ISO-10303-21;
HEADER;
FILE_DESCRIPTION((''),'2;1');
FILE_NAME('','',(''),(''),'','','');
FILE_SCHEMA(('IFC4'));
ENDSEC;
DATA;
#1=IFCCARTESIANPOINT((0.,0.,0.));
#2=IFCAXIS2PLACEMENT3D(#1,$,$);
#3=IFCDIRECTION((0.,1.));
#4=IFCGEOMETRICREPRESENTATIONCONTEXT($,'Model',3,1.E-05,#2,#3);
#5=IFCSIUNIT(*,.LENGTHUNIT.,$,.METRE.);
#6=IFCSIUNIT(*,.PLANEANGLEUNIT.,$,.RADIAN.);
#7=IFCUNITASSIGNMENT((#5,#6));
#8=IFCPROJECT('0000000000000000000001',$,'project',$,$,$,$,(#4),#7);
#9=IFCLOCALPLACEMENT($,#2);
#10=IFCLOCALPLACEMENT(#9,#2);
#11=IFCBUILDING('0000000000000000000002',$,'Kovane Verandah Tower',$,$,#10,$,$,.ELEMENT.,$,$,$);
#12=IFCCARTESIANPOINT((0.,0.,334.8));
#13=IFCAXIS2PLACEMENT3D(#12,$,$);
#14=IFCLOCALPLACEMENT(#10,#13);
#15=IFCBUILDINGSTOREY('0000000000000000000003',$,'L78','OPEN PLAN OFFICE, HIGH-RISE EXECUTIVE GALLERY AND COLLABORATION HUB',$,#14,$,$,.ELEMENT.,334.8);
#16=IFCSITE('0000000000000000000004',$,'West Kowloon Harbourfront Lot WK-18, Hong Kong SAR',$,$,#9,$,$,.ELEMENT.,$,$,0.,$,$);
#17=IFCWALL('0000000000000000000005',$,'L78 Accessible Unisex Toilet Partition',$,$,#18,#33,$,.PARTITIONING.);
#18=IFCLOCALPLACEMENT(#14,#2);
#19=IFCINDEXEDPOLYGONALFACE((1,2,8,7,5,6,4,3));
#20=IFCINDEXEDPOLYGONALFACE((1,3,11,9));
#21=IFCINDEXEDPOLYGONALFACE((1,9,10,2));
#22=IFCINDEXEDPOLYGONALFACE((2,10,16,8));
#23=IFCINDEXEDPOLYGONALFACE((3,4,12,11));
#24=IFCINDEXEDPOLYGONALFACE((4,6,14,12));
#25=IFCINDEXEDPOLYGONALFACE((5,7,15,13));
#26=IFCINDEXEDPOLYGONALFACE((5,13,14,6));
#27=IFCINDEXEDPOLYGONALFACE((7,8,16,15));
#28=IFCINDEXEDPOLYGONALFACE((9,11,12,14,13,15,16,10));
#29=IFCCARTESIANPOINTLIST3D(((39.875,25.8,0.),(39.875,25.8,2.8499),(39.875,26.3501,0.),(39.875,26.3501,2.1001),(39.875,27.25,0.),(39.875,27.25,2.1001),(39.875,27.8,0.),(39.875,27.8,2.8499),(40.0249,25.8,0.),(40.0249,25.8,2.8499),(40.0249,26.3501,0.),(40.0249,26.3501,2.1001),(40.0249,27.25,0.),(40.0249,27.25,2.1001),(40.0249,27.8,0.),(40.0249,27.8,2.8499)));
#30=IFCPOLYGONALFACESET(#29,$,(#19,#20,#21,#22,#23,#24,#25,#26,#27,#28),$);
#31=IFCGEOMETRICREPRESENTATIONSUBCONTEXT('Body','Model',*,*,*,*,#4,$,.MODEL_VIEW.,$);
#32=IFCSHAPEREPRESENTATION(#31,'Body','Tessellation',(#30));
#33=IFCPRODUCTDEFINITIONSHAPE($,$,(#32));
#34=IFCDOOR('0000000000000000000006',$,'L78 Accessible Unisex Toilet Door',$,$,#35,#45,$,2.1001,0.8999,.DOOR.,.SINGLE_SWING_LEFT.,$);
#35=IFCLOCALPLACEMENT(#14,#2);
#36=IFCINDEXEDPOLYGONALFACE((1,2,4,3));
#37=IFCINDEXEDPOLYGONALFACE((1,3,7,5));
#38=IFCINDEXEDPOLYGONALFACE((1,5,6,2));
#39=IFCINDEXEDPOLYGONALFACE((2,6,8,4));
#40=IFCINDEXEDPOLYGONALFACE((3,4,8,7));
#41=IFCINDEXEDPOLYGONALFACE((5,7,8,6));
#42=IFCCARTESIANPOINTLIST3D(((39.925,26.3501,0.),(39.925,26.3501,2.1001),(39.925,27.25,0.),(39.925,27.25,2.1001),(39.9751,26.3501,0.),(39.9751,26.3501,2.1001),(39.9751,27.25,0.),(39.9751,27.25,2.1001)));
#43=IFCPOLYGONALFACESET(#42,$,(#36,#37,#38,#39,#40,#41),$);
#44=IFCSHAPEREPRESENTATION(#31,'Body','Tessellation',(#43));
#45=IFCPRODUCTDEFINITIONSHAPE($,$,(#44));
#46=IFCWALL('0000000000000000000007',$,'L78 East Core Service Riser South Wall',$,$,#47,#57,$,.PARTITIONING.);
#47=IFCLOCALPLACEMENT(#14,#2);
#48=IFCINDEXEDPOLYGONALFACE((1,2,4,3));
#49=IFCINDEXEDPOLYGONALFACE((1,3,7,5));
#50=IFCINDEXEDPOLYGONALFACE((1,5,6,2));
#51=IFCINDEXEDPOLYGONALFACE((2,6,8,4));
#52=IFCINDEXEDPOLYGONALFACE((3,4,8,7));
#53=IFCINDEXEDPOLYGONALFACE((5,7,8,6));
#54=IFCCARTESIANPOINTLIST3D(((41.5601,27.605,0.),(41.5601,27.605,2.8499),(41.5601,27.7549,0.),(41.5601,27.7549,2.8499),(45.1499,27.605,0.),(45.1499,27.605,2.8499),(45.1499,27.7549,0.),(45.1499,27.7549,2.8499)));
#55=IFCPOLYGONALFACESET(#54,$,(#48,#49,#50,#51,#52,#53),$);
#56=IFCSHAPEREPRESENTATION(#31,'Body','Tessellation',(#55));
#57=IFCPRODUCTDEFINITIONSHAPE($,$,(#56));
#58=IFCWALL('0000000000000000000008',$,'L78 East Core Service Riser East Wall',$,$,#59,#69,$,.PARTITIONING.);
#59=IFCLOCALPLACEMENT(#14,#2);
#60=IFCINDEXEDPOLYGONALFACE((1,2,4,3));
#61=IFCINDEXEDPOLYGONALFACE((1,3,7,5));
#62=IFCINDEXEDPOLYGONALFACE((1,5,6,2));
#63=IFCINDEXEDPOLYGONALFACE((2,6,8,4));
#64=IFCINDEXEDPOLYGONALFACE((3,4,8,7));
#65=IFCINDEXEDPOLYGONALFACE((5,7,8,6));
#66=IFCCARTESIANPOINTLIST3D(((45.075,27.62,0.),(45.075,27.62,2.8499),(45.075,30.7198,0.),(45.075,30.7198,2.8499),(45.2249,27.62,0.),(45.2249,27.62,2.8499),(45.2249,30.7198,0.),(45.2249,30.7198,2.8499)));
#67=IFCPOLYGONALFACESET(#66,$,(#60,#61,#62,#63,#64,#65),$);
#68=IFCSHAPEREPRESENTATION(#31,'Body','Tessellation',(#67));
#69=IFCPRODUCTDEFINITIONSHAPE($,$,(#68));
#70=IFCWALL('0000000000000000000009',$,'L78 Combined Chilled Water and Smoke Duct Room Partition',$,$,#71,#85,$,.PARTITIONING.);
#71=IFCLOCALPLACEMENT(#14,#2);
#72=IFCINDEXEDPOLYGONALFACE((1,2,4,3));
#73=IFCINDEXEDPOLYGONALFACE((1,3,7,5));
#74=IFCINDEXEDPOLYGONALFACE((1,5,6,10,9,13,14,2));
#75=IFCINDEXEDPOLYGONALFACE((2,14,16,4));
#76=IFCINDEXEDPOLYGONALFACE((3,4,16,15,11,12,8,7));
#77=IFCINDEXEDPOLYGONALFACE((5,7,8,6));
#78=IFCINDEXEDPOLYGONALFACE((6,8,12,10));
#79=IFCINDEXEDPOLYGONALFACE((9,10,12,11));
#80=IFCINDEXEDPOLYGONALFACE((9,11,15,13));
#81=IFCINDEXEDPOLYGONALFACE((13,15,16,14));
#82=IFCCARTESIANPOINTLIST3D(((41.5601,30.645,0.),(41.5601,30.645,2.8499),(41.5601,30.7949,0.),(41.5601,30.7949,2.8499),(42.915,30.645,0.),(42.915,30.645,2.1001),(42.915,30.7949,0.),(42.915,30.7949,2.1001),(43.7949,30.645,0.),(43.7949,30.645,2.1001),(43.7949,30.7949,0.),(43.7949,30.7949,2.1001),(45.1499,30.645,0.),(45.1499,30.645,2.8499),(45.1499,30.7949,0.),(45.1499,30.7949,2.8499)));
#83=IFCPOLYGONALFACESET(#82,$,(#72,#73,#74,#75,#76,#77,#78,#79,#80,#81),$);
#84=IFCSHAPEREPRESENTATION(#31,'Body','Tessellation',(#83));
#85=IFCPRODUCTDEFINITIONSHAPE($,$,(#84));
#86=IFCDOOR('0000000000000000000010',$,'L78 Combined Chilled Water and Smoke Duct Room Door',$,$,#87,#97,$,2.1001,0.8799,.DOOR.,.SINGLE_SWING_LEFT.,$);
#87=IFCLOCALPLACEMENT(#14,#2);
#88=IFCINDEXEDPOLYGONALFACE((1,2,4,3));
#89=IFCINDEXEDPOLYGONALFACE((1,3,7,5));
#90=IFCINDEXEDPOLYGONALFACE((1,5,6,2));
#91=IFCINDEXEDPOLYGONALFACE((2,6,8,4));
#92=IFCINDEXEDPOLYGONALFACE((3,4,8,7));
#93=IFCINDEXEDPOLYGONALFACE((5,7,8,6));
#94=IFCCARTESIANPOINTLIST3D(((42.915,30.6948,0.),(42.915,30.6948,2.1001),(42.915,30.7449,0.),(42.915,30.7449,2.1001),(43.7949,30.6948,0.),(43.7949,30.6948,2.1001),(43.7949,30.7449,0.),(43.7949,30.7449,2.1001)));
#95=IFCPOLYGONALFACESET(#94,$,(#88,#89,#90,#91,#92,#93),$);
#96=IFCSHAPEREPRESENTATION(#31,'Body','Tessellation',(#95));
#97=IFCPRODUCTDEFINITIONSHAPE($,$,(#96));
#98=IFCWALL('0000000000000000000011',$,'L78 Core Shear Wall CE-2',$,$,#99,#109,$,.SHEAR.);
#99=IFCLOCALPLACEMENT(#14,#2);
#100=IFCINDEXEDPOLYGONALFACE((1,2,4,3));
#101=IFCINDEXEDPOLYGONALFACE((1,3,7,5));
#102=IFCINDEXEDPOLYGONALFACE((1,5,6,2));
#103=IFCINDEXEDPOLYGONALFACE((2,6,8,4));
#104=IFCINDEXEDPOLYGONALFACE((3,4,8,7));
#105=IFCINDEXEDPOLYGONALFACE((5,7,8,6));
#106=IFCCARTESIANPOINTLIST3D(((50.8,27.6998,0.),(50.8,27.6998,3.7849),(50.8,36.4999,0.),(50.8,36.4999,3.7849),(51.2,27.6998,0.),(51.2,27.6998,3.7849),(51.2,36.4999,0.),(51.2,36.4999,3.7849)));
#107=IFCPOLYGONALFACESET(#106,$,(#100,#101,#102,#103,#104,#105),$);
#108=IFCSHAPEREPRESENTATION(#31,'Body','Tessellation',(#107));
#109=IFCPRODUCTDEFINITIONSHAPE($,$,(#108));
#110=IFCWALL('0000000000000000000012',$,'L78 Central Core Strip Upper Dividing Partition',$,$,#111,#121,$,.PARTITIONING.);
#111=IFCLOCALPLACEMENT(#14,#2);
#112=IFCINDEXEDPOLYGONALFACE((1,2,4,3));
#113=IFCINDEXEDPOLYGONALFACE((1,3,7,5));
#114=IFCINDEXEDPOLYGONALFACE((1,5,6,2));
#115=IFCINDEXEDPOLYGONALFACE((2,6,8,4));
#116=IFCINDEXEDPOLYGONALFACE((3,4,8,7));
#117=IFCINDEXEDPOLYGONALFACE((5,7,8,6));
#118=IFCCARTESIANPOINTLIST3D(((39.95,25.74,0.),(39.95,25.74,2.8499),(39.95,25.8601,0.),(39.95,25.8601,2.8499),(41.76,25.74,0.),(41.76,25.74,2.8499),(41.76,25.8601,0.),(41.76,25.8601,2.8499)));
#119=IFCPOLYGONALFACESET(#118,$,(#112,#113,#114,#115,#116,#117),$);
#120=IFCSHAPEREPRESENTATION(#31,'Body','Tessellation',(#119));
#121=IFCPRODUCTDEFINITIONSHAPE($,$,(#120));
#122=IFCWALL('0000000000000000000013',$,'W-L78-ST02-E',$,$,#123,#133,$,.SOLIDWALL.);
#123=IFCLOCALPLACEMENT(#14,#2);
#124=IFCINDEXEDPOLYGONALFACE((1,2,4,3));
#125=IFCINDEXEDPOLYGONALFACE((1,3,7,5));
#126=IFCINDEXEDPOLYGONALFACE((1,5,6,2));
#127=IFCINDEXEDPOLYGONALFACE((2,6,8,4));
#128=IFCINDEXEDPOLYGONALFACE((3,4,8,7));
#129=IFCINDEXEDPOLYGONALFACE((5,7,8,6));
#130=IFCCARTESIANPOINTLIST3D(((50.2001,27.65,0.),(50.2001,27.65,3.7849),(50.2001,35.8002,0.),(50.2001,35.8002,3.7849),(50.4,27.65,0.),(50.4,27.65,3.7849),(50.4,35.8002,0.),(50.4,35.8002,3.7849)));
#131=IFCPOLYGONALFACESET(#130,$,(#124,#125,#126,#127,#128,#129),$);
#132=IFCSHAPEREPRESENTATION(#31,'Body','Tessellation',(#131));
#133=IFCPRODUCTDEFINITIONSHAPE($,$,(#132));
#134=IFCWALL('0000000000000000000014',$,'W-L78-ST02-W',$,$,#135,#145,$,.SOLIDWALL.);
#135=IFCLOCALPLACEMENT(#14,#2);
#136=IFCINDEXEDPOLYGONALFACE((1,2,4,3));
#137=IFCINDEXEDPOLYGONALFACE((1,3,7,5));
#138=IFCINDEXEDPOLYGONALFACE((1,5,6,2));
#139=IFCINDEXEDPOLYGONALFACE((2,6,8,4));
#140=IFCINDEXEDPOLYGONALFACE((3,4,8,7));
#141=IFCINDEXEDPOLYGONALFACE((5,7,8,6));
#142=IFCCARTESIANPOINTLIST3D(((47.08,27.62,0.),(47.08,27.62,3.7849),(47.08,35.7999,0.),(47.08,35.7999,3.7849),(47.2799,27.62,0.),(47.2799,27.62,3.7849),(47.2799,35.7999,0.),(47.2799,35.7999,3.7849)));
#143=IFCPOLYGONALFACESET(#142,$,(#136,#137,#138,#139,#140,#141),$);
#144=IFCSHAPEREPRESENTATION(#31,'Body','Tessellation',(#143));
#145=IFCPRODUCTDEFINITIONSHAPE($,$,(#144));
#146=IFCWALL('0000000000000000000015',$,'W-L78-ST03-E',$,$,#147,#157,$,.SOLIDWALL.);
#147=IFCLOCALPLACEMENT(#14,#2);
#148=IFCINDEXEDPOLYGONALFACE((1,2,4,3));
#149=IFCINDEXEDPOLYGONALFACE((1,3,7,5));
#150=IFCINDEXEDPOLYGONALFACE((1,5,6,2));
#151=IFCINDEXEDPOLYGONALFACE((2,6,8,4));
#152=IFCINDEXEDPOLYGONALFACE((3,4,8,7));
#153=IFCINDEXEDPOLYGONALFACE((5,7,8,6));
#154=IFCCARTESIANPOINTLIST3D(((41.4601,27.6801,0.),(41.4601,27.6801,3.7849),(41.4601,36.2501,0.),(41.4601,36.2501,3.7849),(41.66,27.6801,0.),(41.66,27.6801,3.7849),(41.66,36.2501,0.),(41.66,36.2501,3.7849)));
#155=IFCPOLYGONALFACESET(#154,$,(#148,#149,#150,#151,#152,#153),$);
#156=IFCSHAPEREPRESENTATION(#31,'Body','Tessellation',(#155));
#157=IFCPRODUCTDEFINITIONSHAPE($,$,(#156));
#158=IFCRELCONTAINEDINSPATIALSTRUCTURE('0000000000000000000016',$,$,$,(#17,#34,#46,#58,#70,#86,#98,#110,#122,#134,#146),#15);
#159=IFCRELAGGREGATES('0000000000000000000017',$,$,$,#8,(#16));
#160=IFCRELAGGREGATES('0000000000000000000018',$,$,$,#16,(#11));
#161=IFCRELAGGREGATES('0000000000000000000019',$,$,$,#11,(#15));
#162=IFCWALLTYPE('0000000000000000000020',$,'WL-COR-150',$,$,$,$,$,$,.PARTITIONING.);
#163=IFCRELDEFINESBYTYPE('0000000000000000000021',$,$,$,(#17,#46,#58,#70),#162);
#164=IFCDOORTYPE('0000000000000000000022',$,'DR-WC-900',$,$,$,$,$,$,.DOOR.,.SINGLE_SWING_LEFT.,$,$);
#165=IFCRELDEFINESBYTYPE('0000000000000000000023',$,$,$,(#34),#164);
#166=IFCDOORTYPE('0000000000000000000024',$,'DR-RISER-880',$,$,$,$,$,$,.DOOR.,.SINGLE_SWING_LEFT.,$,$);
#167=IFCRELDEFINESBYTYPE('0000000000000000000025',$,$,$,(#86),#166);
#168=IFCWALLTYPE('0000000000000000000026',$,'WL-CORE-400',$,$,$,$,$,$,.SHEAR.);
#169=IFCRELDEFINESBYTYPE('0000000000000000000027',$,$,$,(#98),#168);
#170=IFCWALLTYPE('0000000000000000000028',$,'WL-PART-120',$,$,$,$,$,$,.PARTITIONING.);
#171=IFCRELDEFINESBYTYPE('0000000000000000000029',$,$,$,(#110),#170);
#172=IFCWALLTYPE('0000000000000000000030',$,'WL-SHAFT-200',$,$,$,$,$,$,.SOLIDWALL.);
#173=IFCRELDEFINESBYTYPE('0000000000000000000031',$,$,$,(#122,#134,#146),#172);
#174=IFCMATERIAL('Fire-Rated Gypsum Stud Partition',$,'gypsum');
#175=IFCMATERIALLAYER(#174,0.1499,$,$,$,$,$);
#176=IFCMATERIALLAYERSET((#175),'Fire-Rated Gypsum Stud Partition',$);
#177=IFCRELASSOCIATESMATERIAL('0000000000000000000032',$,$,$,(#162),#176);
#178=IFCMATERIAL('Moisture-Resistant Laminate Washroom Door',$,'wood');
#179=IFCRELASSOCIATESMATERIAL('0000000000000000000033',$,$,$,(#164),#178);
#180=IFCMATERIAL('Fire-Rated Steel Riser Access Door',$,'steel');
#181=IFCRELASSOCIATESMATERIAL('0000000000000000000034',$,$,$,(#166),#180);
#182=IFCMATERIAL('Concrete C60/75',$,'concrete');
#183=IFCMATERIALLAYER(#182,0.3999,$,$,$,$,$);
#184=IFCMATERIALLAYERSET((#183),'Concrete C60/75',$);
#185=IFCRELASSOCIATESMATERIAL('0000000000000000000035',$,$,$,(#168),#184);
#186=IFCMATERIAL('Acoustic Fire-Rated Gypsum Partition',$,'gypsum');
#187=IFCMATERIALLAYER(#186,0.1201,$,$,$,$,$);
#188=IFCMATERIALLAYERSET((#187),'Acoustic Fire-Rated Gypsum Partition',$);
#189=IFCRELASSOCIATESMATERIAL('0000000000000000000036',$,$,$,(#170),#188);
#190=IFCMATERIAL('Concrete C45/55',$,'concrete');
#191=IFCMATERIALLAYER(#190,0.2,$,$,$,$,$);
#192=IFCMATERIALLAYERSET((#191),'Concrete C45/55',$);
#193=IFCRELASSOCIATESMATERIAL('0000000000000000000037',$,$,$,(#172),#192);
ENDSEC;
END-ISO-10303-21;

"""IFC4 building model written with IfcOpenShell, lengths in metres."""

from ifc_helpers import new_model, si_unit, direction, frame, frame_2d, origin, place, context, subcontext, project, spatial, rectangle, extrude, material, layer, layer_set, type_object, element, fill, save


model = new_model("IFC4")

# Units and contexts
model_context = context("Model", 3, precision=1e-05, world=origin(), true_north=direction((0.0, 1.0)))
body_context = subcontext(model_context, "Body", "Model", "MODEL_VIEW")
ifc_project = project(units=[si_unit("LENGTHUNIT", "METRE"), si_unit("PLANEANGLEUNIT", "RADIAN")], contexts=[model_context])

# Site, building, storey
site_placement = place(None, origin())
site = spatial("IfcSite", under=ifc_project, at=site_placement, Name="West Kowloon Harbourfront Lot WK-18, Hong Kong SAR", CompositionType="ELEMENT", RefElevation=0.0)
building_placement = place(site_placement, origin())
building = spatial("IfcBuilding", under=site, at=building_placement, Name="Kovane Verandah Tower", CompositionType="ELEMENT")
storey_placement = place(building_placement, frame((0.0, 0.0, 334.8)))
storey = spatial("IfcBuildingStorey", under=building, at=storey_placement, Name="L78", Description="OPEN PLAN OFFICE, HIGH-RISE EXECUTIVE GALLERY AND COLLABORATION HUB", CompositionType="ELEMENT", Elevation=334.8)

# Wall, opening, door
ifc_material_1 = material(Name="Fire-Rated Gypsum Stud Partition", Category="gypsum")
ifc_layer_1 = layer(ifc_material_1, 0.1499)
ifc_layer_set_1 = layer_set([ifc_layer_1], Name="Fire-Rated Gypsum Stud Partition")
wall_type_1 = type_object("IfcWallType", Name="WL-COR-150", PredefinedType="PARTITIONING", material=ifc_layer_set_1)
wall_1_placement = place(storey_placement, frame((39.95, 25.8, 0.0), z_axis=(0.0, 0.0, 1.0), x_axis=(0.0, 1.0, 0.0)))
wall_1 = element("IfcWall", 1, at=wall_1_placement, inside=storey, type_object=wall_type_1, Name="L78 Accessible Unisex Toilet Partition", PredefinedType="PARTITIONING", context=body_context, shape_type="SweptSolid", body=[
    extrude(rectangle(XDim=2.0, YDim=0.1499, at=frame_2d((1.0, 0.0))), origin(), (0.0, 0.0, 1.0), 2.8499),
])
opening_1_placement = place(wall_1_placement, frame((0.55, 0.0, 0.0)))
opening_1 = element("IfcOpeningElement", 2, at=opening_1_placement, cuts=wall_1, PredefinedType="OPENING", context=body_context, shape_type="SweptSolid", body=[
    extrude(rectangle(XDim=0.8999, YDim=2.1001, at=frame_2d((0.45, 1.05))), frame((0.0, 0.075, 0.0), z_axis=(0.0, -1.0, 0.0), x_axis=(1.0, 0.0, 0.0)), (0.0, 0.0, 1.0), 0.1499),
])
ifc_material_2 = material(Name="Moisture-Resistant Laminate Washroom Door", Category="wood")
door_type_1 = type_object("IfcDoorType", Name="DR-WC-900", OperationType="SINGLE_SWING_LEFT", PredefinedType="DOOR", material=ifc_material_2)
door_1_placement = place(opening_1_placement, origin())
door_1 = element("IfcDoor", 3, at=door_1_placement, inside=storey, type_object=door_type_1, Name="L78 Accessible Unisex Toilet Door", OperationType="SINGLE_SWING_LEFT", OverallHeight=2.1001, OverallWidth=0.8999, PredefinedType="DOOR", context=body_context, shape_type="SweptSolid", body=[
    extrude(rectangle(XDim=0.8999, YDim=2.1001, at=frame_2d((0.45, 1.05))), frame((0.0, 0.0249, 0.0), z_axis=(0.0, -1.0, 0.0), x_axis=(1.0, 0.0, 0.0)), (0.0, 0.0, 1.0), 0.05),
])
fill(opening_1, door_1)

# Walls
wall_2_placement = place(storey_placement, frame((41.5601, 27.6799, 0.0), z_axis=(0.0, 0.0, 1.0), x_axis=(1.0, 0.0, 0.0)))
element("IfcWall", 4, at=wall_2_placement, inside=storey, type_object=wall_type_1, Name="L78 East Core Service Riser South Wall", PredefinedType="PARTITIONING", context=body_context, shape_type="SweptSolid", body=[
    extrude(rectangle(XDim=3.5898, YDim=0.1499, at=frame_2d((1.7949, 0.0))), origin(), (0.0, 0.0, 1.0), 2.8499),
])
wall_3_placement = place(storey_placement, frame((45.1499, 27.6201, 0.0), z_axis=(0.0, 0.0, 1.0), x_axis=(0.0, 1.0, 0.0)))
element("IfcWall", 5, at=wall_3_placement, inside=storey, type_object=wall_type_1, Name="L78 East Core Service Riser East Wall", PredefinedType="PARTITIONING", context=body_context, shape_type="SweptSolid", body=[
    extrude(rectangle(XDim=3.0999, YDim=0.1499, at=frame_2d((1.5498, 0.0))), origin(), (0.0, 0.0, 1.0), 2.8499),
])

# Wall, opening, door
wall_4_placement = place(storey_placement, frame((41.5601, 30.72, 0.0), z_axis=(0.0, 0.0, 1.0), x_axis=(1.0, 0.0, 0.0)))
wall_4 = element("IfcWall", 6, at=wall_4_placement, inside=storey, type_object=wall_type_1, Name="L78 Combined Chilled Water and Smoke Duct Room Partition", PredefinedType="PARTITIONING", context=body_context, shape_type="SweptSolid", body=[
    extrude(rectangle(XDim=3.5898, YDim=0.1499, at=frame_2d((1.7949, 0.0))), origin(), (0.0, 0.0, 1.0), 2.8499),
])
opening_2_placement = place(wall_4_placement, frame((1.355, 0.0, 0.0)))
opening_2 = element("IfcOpeningElement", 7, at=opening_2_placement, cuts=wall_4, PredefinedType="OPENING", context=body_context, shape_type="SweptSolid", body=[
    extrude(rectangle(XDim=0.8799, YDim=2.1001, at=frame_2d((0.4399, 1.05))), frame((0.0, 0.075, 0.0), z_axis=(0.0, -1.0, 0.0), x_axis=(1.0, 0.0, 0.0)), (0.0, 0.0, 1.0), 0.1499),
])
ifc_material_3 = material(Name="Fire-Rated Steel Riser Access Door", Category="steel")
door_type_2 = type_object("IfcDoorType", Name="DR-RISER-880", OperationType="SINGLE_SWING_LEFT", PredefinedType="DOOR", material=ifc_material_3)
door_2_placement = place(opening_2_placement, origin())
door_2 = element("IfcDoor", 8, at=door_2_placement, inside=storey, type_object=door_type_2, Name="L78 Combined Chilled Water and Smoke Duct Room Door", OperationType="SINGLE_SWING_LEFT", OverallHeight=2.1001, OverallWidth=0.8799, PredefinedType="DOOR", context=body_context, shape_type="SweptSolid", body=[
    extrude(rectangle(XDim=0.8799, YDim=2.1001, at=frame_2d((0.4399, 1.05))), frame((0.0, 0.0249, 0.0), z_axis=(0.0, -1.0, 0.0), x_axis=(1.0, 0.0, 0.0)), (0.0, 0.0, 1.0), 0.05),
])
fill(opening_2, door_2)

# Wall
ifc_material_4 = material(Name="Concrete C60/75", Category="concrete")
ifc_layer_2 = layer(ifc_material_4, 0.3999)
ifc_layer_set_2 = layer_set([ifc_layer_2], Name="Concrete C60/75")
wall_type_2 = type_object("IfcWallType", Name="WL-CORE-400", PredefinedType="SHEAR", material=ifc_layer_set_2)
wall_5_placement = place(storey_placement, frame((51.0, 27.7, 0.0), z_axis=(0.0, 0.0, 1.0), x_axis=(0.0, 1.0, 0.0)))
element("IfcWall", 9, at=wall_5_placement, inside=storey, type_object=wall_type_2, Name="L78 Core Shear Wall CE-2", PredefinedType="SHEAR", context=body_context, shape_type="SweptSolid", body=[
    extrude(rectangle(XDim=8.8, YDim=0.3999, at=frame_2d((4.3999, 0.0))), origin(), (0.0, 0.0, 1.0), 3.7849),
])

# Walls
ifc_material_5 = material(Name="Acoustic Fire-Rated Gypsum Partition", Category="gypsum")
ifc_layer_3 = layer(ifc_material_5, 0.1201)
ifc_layer_set_3 = layer_set([ifc_layer_3], Name="Acoustic Fire-Rated Gypsum Partition")
wall_type_3 = type_object("IfcWallType", Name="WL-PART-120", PredefinedType="PARTITIONING", material=ifc_layer_set_3)
wall_6_placement = place(storey_placement, frame((39.95, 25.8, 0.0), z_axis=(0.0, 0.0, 1.0), x_axis=(1.0, 0.0, 0.0)))
element("IfcWall", 10, at=wall_6_placement, inside=storey, type_object=wall_type_3, Name="L78 Central Core Strip Upper Dividing Partition", PredefinedType="PARTITIONING", context=body_context, shape_type="SweptSolid", body=[
    extrude(rectangle(XDim=1.8101, YDim=0.1201, at=frame_2d((0.905, 0.0))), origin(), (0.0, 0.0, 1.0), 2.8499),
])
ifc_material_6 = material(Name="Concrete C45/55", Category="concrete")
ifc_layer_4 = layer(ifc_material_6, 0.2)
ifc_layer_set_4 = layer_set([ifc_layer_4], Name="Concrete C45/55")
wall_type_4 = type_object("IfcWallType", Name="WL-SHAFT-200", PredefinedType="SOLIDWALL", material=ifc_layer_set_4)
wall_7_placement = place(storey_placement, frame((50.3, 27.6499, 0.0), z_axis=(0.0, 0.0, 1.0), x_axis=(0.0, 1.0, 0.0)))
element("IfcWall", 11, at=wall_7_placement, inside=storey, type_object=wall_type_4, Name="W-L78-ST02-E", PredefinedType="SOLIDWALL", context=body_context, shape_type="SweptSolid", body=[
    extrude(rectangle(XDim=8.1501, YDim=0.2, at=frame_2d((4.0752, 0.0))), origin(), (0.0, 0.0, 1.0), 3.7849),
])
wall_8_placement = place(storey_placement, frame((47.1799, 27.6201, 0.0), z_axis=(0.0, 0.0, 1.0), x_axis=(0.0, 1.0, 0.0)))
element("IfcWall", 12, at=wall_8_placement, inside=storey, type_object=wall_type_4, Name="W-L78-ST02-W", PredefinedType="SOLIDWALL", context=body_context, shape_type="SweptSolid", body=[
    extrude(rectangle(XDim=8.1799, YDim=0.2, at=frame_2d((4.0898, 0.0))), origin(), (0.0, 0.0, 1.0), 3.7849),
])

# Wall
wall_9_placement = place(storey_placement, frame((41.5601, 27.6799, 0.0), z_axis=(0.0, 0.0, 1.0), x_axis=(0.0, 1.0, 0.0)))
element("IfcWall", 13, at=wall_9_placement, inside=storey, type_object=wall_type_4, Name="W-L78-ST03-E", PredefinedType="SOLIDWALL", context=body_context, shape_type="SweptSolid", body=[
    extrude(rectangle(XDim=8.5701, YDim=0.2, at=frame_2d((4.2852, 0.0))), origin(), (0.0, 0.0, 1.0), 3.7849),
])

save(model, "model.ifc")
